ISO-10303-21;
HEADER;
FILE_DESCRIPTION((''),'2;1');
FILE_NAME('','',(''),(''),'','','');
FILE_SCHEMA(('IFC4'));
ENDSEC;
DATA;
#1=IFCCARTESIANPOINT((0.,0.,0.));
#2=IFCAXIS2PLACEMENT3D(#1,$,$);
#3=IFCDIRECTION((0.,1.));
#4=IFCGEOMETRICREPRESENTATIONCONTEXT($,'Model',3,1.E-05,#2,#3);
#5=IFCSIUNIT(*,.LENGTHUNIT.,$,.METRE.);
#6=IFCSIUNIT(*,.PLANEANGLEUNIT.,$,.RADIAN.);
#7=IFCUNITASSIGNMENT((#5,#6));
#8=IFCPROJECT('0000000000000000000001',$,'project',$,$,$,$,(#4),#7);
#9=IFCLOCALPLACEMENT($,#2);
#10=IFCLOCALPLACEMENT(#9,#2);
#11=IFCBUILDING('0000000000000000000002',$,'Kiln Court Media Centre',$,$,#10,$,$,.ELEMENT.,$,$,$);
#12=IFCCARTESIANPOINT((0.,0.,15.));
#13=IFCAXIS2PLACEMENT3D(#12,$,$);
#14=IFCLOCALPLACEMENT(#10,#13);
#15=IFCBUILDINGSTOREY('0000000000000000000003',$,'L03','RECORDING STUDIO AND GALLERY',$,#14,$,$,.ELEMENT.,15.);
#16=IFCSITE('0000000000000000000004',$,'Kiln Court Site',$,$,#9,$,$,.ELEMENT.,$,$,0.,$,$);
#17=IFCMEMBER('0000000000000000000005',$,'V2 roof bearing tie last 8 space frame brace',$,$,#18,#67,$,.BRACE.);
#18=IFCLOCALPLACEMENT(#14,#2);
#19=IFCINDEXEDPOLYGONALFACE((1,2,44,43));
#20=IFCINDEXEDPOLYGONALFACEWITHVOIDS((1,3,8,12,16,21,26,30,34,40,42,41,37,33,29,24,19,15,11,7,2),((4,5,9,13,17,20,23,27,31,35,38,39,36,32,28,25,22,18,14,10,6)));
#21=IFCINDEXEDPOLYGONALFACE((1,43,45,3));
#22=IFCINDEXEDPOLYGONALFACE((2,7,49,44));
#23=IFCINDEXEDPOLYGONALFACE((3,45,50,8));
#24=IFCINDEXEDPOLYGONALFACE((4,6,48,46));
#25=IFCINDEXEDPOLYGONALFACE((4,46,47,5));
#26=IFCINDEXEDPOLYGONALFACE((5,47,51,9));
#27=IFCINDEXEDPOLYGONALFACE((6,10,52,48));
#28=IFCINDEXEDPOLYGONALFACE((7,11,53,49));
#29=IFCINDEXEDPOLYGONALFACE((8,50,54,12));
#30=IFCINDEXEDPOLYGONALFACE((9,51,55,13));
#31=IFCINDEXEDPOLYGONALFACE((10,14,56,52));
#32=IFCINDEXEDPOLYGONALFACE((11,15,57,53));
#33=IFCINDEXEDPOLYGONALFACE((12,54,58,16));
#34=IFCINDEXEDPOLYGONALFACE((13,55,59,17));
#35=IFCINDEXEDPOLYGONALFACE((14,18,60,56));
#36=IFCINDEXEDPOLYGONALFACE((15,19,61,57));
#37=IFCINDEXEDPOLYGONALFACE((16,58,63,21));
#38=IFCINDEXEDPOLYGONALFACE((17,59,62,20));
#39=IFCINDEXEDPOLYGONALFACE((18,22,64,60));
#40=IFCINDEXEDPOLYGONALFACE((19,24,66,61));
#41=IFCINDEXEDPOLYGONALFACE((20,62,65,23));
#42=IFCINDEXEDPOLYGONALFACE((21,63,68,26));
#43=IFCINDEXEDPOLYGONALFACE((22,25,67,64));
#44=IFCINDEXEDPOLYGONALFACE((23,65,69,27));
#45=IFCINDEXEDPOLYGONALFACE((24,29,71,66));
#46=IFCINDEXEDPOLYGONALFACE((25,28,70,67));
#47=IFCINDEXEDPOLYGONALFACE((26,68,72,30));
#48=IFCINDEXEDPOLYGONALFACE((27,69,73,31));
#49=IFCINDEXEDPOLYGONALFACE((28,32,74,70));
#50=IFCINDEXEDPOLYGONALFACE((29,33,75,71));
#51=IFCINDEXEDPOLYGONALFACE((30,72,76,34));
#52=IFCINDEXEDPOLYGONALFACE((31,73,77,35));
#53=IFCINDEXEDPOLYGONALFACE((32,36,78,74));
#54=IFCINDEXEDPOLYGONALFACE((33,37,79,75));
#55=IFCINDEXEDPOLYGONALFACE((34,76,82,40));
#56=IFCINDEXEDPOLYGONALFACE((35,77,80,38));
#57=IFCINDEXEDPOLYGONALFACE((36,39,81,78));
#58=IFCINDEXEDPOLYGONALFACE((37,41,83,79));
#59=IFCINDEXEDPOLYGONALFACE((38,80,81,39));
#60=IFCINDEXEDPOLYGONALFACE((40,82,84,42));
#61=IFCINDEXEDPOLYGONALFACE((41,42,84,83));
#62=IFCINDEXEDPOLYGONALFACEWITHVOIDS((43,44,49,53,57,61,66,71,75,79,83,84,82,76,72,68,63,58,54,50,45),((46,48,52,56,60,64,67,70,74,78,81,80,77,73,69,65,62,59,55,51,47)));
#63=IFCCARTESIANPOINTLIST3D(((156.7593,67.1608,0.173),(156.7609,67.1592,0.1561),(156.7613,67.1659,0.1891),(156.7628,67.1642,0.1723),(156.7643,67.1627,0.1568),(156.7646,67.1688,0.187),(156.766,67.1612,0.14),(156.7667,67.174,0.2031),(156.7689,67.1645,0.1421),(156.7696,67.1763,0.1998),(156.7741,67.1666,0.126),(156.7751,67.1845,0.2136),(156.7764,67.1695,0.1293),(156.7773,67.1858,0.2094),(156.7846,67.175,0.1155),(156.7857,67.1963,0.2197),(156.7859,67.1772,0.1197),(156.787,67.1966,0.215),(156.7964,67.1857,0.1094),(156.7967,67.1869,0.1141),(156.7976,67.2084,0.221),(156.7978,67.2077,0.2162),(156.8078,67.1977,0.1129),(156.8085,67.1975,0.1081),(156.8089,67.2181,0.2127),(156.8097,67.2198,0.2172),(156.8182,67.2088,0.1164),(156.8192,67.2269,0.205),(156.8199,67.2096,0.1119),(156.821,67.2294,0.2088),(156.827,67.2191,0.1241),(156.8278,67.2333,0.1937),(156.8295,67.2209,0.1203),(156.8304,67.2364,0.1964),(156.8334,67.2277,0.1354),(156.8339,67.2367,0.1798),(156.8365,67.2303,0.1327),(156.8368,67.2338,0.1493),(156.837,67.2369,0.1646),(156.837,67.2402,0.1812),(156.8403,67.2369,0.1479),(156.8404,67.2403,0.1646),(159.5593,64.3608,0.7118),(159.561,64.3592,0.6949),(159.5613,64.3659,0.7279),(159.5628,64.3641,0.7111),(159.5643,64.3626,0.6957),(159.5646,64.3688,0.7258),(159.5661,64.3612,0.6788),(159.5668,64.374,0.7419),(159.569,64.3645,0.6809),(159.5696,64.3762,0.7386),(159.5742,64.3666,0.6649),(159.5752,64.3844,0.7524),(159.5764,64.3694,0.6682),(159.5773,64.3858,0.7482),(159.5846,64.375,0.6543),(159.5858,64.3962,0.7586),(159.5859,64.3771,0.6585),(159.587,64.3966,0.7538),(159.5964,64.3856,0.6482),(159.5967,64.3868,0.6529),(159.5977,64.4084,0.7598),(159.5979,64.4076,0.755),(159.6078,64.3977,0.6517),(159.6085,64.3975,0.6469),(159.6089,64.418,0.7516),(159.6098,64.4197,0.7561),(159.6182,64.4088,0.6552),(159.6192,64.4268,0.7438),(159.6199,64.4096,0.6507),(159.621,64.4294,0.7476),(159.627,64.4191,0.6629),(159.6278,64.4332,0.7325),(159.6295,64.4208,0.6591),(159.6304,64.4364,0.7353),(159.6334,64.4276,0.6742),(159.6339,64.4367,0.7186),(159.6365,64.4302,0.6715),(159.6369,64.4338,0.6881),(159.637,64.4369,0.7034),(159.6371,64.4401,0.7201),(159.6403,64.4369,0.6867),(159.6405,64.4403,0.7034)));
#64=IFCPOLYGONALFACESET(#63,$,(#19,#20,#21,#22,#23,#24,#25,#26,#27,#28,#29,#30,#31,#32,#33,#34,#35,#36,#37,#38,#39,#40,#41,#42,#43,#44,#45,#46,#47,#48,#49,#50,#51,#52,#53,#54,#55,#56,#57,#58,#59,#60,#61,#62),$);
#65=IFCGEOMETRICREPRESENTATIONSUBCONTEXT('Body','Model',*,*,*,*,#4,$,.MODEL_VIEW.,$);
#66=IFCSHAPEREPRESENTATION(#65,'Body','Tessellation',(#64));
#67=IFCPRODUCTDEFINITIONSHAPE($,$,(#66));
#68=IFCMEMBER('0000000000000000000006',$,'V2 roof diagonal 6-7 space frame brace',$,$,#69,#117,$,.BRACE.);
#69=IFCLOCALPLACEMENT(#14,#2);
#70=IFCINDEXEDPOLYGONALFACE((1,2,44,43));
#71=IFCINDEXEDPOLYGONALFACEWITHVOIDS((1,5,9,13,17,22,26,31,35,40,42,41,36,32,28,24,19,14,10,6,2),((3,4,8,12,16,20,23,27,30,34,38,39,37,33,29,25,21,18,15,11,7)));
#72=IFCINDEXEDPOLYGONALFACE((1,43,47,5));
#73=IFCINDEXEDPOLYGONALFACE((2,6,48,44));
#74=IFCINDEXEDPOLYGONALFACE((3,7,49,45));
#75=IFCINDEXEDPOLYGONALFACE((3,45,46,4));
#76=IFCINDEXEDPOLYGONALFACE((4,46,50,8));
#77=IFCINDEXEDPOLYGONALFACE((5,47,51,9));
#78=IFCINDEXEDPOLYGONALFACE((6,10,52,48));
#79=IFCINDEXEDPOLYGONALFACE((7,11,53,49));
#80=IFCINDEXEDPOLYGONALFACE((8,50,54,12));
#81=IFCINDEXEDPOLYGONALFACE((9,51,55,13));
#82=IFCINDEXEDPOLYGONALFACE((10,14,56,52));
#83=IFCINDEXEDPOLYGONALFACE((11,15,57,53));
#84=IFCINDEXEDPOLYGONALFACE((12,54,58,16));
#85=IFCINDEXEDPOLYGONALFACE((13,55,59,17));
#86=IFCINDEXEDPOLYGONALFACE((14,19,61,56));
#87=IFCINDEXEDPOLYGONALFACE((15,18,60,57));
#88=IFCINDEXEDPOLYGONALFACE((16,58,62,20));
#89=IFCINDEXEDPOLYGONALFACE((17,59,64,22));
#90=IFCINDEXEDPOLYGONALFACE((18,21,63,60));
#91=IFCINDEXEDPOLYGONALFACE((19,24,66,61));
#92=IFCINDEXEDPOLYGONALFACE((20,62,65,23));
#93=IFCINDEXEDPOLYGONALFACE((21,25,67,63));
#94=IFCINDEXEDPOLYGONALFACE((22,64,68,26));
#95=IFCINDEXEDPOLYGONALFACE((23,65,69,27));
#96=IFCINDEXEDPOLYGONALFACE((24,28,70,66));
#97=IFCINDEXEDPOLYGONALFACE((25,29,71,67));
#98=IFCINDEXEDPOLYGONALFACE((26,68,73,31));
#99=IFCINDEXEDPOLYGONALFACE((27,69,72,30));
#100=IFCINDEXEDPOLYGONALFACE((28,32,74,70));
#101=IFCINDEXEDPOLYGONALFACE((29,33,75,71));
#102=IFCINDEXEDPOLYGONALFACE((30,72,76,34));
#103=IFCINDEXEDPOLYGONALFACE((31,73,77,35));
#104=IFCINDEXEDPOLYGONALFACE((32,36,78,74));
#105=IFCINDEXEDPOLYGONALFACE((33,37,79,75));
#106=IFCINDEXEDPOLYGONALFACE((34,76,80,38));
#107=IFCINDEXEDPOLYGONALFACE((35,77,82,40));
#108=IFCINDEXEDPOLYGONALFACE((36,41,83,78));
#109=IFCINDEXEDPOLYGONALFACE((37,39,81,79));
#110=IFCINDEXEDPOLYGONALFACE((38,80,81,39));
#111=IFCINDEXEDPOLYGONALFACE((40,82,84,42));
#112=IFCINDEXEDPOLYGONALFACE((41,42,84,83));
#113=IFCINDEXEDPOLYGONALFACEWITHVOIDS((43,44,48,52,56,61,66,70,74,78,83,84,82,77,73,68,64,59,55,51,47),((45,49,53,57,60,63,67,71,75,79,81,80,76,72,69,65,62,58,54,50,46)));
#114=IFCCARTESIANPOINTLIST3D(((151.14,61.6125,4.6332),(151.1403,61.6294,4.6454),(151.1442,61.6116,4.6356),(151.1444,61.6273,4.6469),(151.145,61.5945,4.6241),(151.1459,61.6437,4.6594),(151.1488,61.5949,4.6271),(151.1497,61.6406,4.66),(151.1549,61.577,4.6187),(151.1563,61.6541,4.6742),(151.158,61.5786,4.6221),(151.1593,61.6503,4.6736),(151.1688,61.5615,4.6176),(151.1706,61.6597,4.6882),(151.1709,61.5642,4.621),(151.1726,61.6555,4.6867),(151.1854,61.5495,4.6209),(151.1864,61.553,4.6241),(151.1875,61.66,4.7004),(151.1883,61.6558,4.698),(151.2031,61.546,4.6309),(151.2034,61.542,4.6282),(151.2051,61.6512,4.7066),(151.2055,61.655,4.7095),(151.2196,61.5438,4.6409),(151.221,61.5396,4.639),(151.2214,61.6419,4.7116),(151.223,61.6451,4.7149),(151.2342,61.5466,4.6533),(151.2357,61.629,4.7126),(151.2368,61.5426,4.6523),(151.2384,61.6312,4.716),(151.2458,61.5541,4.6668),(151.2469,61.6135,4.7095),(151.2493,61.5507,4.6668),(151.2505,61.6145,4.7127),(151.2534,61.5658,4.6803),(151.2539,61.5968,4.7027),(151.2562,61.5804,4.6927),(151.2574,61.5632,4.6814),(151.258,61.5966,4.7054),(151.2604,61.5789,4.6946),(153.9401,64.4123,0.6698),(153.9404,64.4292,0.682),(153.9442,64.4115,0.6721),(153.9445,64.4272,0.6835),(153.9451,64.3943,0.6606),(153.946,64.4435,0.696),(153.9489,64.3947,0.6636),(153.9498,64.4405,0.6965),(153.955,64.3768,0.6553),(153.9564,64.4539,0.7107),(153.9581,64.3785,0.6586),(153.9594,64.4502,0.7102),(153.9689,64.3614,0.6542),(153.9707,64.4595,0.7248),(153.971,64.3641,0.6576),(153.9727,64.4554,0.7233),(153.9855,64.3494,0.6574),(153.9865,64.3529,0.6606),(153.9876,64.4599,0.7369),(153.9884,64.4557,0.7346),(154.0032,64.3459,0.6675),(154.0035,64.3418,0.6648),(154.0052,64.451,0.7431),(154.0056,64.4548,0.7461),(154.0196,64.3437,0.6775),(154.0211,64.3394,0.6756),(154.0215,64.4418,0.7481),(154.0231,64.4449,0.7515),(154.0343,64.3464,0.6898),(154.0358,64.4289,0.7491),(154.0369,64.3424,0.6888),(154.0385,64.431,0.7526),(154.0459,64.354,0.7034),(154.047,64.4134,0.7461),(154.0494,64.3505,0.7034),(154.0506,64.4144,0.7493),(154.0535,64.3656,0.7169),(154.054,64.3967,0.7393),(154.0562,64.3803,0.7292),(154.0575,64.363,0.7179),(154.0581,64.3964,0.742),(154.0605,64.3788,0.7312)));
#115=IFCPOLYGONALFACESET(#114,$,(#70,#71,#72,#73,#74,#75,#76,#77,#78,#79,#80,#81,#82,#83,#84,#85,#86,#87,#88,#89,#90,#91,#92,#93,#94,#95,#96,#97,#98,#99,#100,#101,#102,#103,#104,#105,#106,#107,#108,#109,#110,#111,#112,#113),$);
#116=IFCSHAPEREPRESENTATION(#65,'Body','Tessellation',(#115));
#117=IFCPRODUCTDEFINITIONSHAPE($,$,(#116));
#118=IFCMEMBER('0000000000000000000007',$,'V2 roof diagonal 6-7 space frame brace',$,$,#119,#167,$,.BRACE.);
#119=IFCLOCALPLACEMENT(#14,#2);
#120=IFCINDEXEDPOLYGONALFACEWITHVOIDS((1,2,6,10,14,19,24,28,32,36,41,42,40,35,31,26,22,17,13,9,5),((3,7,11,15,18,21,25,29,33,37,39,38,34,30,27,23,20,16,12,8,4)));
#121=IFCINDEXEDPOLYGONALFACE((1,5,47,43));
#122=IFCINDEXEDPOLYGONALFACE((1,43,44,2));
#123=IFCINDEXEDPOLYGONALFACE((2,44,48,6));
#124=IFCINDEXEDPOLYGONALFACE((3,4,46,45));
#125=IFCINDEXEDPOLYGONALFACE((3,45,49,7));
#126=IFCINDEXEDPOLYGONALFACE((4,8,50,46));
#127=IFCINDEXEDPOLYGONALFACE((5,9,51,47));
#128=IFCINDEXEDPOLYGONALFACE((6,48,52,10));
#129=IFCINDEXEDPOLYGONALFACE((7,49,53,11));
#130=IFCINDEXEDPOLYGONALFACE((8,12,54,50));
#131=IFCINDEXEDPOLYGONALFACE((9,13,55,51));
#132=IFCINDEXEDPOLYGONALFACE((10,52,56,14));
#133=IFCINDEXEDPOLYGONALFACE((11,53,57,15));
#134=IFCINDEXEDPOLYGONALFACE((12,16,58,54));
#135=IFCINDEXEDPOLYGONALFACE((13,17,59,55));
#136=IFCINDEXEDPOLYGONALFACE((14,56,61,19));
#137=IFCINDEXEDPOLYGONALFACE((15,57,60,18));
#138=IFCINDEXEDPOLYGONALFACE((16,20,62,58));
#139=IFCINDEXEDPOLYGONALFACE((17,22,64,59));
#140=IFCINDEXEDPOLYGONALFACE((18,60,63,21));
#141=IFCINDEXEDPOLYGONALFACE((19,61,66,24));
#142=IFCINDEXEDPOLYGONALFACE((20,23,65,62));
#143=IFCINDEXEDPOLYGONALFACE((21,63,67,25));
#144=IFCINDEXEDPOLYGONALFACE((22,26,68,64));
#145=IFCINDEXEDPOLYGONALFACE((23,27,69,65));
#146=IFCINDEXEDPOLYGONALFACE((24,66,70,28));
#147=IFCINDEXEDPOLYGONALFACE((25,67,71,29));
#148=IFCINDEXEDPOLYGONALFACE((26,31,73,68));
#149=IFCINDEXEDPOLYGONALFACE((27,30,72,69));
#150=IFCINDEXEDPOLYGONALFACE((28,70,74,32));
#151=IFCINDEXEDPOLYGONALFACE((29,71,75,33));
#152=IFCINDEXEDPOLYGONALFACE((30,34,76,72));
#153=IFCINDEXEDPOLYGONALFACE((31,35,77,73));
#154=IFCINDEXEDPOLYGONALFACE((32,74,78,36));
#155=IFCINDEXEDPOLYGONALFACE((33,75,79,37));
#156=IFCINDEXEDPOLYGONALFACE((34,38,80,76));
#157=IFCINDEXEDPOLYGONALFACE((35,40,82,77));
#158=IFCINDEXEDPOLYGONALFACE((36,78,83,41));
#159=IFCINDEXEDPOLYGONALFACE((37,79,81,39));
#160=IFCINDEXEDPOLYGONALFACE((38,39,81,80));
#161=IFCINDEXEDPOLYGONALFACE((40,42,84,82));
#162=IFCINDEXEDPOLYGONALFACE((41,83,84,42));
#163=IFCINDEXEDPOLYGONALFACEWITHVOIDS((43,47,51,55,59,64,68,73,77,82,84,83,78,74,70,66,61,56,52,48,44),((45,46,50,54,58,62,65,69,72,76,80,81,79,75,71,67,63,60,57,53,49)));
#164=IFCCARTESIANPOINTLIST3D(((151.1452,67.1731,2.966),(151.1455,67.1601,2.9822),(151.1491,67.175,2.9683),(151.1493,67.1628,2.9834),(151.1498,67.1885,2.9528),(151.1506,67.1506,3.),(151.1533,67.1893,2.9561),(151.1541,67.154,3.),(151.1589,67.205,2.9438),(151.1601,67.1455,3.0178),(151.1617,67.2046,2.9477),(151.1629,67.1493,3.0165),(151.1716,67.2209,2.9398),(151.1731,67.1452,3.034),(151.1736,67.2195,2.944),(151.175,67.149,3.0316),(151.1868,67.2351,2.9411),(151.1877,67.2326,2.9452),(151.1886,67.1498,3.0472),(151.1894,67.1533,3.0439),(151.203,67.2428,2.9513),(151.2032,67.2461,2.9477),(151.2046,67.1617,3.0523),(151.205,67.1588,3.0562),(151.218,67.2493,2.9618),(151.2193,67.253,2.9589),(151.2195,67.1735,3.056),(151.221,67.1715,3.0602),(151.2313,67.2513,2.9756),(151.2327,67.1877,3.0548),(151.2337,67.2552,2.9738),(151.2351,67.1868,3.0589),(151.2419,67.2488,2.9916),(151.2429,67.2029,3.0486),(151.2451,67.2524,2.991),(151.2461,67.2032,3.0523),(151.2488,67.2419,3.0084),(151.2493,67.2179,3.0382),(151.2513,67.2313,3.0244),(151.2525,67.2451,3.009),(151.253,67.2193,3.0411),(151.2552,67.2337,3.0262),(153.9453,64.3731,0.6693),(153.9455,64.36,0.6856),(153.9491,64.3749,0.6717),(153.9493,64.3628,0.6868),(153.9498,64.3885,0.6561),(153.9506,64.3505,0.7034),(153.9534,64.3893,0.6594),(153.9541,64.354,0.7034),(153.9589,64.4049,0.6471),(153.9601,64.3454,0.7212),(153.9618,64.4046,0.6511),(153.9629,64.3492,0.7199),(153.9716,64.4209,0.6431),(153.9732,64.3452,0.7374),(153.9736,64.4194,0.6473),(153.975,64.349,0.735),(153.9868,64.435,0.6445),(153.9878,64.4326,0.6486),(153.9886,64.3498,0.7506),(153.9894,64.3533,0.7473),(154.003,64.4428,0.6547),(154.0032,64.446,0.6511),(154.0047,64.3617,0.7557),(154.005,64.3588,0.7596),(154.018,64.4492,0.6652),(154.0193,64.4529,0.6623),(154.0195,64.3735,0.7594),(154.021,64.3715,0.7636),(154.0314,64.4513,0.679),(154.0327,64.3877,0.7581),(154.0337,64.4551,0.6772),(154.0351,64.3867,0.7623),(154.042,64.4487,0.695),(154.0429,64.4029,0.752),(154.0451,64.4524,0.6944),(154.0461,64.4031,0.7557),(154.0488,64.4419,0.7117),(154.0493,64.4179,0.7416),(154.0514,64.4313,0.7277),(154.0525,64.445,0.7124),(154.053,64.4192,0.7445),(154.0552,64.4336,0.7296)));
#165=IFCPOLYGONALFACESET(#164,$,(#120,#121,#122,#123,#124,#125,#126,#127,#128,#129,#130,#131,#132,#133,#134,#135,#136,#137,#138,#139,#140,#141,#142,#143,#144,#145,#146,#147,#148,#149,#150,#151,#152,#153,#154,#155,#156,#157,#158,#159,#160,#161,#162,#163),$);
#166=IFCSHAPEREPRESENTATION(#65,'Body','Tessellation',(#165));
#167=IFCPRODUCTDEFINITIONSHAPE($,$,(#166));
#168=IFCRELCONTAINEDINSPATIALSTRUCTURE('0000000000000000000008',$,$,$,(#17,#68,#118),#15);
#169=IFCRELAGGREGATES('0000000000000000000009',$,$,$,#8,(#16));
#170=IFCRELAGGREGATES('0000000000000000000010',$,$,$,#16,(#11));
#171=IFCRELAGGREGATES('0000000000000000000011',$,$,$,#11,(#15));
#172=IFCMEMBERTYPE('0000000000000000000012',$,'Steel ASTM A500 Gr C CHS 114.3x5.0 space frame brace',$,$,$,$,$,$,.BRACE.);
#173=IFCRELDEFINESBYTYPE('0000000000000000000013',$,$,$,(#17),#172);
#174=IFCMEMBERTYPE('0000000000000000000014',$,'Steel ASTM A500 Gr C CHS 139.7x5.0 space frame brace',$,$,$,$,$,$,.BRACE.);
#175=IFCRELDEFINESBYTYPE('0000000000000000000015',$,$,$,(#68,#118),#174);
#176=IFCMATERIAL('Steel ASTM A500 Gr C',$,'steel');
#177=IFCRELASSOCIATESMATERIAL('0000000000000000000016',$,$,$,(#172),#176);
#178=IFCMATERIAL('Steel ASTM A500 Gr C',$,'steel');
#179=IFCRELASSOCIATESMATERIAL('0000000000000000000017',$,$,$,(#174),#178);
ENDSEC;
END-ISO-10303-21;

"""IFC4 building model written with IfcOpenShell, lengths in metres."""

from ifc_helpers import new_model, si_unit, direction, frame, origin, origin_2d, place, context, subcontext, project, spatial, hollow_circle, extrude, material, material_profile, profile_set, type_object, element, save


model = new_model("IFC4")

# Units and contexts
model_context = context("Model", 3, precision=1e-05, world=origin(), true_north=direction((0.0, 1.0)))
body_context = subcontext(model_context, "Body", "Model", "MODEL_VIEW")
ifc_project = project(units=[si_unit("LENGTHUNIT", "METRE"), si_unit("PLANEANGLEUNIT", "RADIAN")], contexts=[model_context])

# Site, building, storey
site_placement = place(None, origin())
site = spatial("IfcSite", under=ifc_project, at=site_placement, Name="Kiln Court Site", CompositionType="ELEMENT", RefElevation=0.0)
building_placement = place(site_placement, origin())
building = spatial("IfcBuilding", under=site, at=building_placement, Name="Kiln Court Media Centre", CompositionType="ELEMENT")
storey_placement = place(building_placement, frame((0.0, 0.0, 15.0)))
storey = spatial("IfcBuildingStorey", under=building, at=storey_placement, Name="L03", Description="RECORDING STUDIO AND GALLERY", CompositionType="ELEMENT", Elevation=15.0)

# Members
ifc_material_1 = material(Name="Steel ASTM A500 Gr C", Category="steel")
ifc_material_profile_1 = material_profile(ifc_material_1, hollow_circle(Radius=0.0571, WallThickness=0.0049, at=origin_2d()), Name="CHS 114.3x5.0")
ifc_profile_set_1 = profile_set([ifc_material_profile_1], Name="Steel ASTM A500 Gr C")
member_type_1 = type_object("IfcMemberType", Name="Steel ASTM A500 Gr C CHS 114.3x5.0 space frame brace", PredefinedType="BRACE", material=ifc_profile_set_1)
for number, where, z_axis, x_axis, name in (
    (1, (156.8, 67.2, 0.1646), (0.70065, -0.70065, 0.134827), (0.707107, 0.707107, 0.0), "V2 roof bearing tie last 8 space frame brace"),
):
    element("IfcMember", number, at=place(storey_placement, frame(where, z_axis=z_axis, x_axis=x_axis)), inside=storey, type_object=member_type_1, Name=name, PredefinedType="BRACE", context=body_context, shape_type="SweptSolid", body=[
        extrude(hollow_circle(Radius=0.0571, WallThickness=0.0049, at=origin_2d()), origin(), (0.0, 0.0, 1.0), 3.9963),
    ])
ifc_material_2 = material(Name="Steel ASTM A500 Gr C", Category="steel")
ifc_material_profile_2 = material_profile(ifc_material_2, hollow_circle(Radius=0.0698, WallThickness=0.0049, at=origin_2d()), Name="CHS 139.7x5.0")
ifc_profile_set_2 = profile_set([ifc_material_profile_2], Name="Steel ASTM A500 Gr C")
member_type_2 = type_object("IfcMemberType", Name="Steel ASTM A500 Gr C CHS 139.7x5.0 space frame brace", PredefinedType="BRACE", material=ifc_profile_set_2)
member_1_placement = place(storey_placement, frame((154.0, 64.3999, 0.7034), z_axis=(-0.499789, -0.499746, 0.707436), x_axis=(0.707076, -0.707138, 0.0)))
element("IfcMember", 2, at=member_1_placement, inside=storey, type_object=member_type_2, Name="V2 roof diagonal 6-7 space frame brace", PredefinedType="BRACE", context=body_context, shape_type="SweptSolid", body=[
    extrude(hollow_circle(Radius=0.0698, WallThickness=0.0049, at=origin_2d()), origin(), (0.0, 0.0, 1.0), 5.6025),
])
member_2_placement = place(storey_placement, frame((154.0, 64.3999, 0.7034), z_axis=(-0.611676, 0.611676, 0.501703), x_axis=(-0.707107, -0.707107, 0.0)))
element("IfcMember", 3, at=member_2_placement, inside=storey, type_object=member_type_2, Name="V2 roof diagonal 6-7 space frame brace", PredefinedType="BRACE", context=body_context, shape_type="SweptSolid", body=[
    extrude(hollow_circle(Radius=0.0698, WallThickness=0.0049, at=origin_2d()), origin(), (0.0, 0.0, 1.0), 4.5776),
])

save(model, "model.ifc")
